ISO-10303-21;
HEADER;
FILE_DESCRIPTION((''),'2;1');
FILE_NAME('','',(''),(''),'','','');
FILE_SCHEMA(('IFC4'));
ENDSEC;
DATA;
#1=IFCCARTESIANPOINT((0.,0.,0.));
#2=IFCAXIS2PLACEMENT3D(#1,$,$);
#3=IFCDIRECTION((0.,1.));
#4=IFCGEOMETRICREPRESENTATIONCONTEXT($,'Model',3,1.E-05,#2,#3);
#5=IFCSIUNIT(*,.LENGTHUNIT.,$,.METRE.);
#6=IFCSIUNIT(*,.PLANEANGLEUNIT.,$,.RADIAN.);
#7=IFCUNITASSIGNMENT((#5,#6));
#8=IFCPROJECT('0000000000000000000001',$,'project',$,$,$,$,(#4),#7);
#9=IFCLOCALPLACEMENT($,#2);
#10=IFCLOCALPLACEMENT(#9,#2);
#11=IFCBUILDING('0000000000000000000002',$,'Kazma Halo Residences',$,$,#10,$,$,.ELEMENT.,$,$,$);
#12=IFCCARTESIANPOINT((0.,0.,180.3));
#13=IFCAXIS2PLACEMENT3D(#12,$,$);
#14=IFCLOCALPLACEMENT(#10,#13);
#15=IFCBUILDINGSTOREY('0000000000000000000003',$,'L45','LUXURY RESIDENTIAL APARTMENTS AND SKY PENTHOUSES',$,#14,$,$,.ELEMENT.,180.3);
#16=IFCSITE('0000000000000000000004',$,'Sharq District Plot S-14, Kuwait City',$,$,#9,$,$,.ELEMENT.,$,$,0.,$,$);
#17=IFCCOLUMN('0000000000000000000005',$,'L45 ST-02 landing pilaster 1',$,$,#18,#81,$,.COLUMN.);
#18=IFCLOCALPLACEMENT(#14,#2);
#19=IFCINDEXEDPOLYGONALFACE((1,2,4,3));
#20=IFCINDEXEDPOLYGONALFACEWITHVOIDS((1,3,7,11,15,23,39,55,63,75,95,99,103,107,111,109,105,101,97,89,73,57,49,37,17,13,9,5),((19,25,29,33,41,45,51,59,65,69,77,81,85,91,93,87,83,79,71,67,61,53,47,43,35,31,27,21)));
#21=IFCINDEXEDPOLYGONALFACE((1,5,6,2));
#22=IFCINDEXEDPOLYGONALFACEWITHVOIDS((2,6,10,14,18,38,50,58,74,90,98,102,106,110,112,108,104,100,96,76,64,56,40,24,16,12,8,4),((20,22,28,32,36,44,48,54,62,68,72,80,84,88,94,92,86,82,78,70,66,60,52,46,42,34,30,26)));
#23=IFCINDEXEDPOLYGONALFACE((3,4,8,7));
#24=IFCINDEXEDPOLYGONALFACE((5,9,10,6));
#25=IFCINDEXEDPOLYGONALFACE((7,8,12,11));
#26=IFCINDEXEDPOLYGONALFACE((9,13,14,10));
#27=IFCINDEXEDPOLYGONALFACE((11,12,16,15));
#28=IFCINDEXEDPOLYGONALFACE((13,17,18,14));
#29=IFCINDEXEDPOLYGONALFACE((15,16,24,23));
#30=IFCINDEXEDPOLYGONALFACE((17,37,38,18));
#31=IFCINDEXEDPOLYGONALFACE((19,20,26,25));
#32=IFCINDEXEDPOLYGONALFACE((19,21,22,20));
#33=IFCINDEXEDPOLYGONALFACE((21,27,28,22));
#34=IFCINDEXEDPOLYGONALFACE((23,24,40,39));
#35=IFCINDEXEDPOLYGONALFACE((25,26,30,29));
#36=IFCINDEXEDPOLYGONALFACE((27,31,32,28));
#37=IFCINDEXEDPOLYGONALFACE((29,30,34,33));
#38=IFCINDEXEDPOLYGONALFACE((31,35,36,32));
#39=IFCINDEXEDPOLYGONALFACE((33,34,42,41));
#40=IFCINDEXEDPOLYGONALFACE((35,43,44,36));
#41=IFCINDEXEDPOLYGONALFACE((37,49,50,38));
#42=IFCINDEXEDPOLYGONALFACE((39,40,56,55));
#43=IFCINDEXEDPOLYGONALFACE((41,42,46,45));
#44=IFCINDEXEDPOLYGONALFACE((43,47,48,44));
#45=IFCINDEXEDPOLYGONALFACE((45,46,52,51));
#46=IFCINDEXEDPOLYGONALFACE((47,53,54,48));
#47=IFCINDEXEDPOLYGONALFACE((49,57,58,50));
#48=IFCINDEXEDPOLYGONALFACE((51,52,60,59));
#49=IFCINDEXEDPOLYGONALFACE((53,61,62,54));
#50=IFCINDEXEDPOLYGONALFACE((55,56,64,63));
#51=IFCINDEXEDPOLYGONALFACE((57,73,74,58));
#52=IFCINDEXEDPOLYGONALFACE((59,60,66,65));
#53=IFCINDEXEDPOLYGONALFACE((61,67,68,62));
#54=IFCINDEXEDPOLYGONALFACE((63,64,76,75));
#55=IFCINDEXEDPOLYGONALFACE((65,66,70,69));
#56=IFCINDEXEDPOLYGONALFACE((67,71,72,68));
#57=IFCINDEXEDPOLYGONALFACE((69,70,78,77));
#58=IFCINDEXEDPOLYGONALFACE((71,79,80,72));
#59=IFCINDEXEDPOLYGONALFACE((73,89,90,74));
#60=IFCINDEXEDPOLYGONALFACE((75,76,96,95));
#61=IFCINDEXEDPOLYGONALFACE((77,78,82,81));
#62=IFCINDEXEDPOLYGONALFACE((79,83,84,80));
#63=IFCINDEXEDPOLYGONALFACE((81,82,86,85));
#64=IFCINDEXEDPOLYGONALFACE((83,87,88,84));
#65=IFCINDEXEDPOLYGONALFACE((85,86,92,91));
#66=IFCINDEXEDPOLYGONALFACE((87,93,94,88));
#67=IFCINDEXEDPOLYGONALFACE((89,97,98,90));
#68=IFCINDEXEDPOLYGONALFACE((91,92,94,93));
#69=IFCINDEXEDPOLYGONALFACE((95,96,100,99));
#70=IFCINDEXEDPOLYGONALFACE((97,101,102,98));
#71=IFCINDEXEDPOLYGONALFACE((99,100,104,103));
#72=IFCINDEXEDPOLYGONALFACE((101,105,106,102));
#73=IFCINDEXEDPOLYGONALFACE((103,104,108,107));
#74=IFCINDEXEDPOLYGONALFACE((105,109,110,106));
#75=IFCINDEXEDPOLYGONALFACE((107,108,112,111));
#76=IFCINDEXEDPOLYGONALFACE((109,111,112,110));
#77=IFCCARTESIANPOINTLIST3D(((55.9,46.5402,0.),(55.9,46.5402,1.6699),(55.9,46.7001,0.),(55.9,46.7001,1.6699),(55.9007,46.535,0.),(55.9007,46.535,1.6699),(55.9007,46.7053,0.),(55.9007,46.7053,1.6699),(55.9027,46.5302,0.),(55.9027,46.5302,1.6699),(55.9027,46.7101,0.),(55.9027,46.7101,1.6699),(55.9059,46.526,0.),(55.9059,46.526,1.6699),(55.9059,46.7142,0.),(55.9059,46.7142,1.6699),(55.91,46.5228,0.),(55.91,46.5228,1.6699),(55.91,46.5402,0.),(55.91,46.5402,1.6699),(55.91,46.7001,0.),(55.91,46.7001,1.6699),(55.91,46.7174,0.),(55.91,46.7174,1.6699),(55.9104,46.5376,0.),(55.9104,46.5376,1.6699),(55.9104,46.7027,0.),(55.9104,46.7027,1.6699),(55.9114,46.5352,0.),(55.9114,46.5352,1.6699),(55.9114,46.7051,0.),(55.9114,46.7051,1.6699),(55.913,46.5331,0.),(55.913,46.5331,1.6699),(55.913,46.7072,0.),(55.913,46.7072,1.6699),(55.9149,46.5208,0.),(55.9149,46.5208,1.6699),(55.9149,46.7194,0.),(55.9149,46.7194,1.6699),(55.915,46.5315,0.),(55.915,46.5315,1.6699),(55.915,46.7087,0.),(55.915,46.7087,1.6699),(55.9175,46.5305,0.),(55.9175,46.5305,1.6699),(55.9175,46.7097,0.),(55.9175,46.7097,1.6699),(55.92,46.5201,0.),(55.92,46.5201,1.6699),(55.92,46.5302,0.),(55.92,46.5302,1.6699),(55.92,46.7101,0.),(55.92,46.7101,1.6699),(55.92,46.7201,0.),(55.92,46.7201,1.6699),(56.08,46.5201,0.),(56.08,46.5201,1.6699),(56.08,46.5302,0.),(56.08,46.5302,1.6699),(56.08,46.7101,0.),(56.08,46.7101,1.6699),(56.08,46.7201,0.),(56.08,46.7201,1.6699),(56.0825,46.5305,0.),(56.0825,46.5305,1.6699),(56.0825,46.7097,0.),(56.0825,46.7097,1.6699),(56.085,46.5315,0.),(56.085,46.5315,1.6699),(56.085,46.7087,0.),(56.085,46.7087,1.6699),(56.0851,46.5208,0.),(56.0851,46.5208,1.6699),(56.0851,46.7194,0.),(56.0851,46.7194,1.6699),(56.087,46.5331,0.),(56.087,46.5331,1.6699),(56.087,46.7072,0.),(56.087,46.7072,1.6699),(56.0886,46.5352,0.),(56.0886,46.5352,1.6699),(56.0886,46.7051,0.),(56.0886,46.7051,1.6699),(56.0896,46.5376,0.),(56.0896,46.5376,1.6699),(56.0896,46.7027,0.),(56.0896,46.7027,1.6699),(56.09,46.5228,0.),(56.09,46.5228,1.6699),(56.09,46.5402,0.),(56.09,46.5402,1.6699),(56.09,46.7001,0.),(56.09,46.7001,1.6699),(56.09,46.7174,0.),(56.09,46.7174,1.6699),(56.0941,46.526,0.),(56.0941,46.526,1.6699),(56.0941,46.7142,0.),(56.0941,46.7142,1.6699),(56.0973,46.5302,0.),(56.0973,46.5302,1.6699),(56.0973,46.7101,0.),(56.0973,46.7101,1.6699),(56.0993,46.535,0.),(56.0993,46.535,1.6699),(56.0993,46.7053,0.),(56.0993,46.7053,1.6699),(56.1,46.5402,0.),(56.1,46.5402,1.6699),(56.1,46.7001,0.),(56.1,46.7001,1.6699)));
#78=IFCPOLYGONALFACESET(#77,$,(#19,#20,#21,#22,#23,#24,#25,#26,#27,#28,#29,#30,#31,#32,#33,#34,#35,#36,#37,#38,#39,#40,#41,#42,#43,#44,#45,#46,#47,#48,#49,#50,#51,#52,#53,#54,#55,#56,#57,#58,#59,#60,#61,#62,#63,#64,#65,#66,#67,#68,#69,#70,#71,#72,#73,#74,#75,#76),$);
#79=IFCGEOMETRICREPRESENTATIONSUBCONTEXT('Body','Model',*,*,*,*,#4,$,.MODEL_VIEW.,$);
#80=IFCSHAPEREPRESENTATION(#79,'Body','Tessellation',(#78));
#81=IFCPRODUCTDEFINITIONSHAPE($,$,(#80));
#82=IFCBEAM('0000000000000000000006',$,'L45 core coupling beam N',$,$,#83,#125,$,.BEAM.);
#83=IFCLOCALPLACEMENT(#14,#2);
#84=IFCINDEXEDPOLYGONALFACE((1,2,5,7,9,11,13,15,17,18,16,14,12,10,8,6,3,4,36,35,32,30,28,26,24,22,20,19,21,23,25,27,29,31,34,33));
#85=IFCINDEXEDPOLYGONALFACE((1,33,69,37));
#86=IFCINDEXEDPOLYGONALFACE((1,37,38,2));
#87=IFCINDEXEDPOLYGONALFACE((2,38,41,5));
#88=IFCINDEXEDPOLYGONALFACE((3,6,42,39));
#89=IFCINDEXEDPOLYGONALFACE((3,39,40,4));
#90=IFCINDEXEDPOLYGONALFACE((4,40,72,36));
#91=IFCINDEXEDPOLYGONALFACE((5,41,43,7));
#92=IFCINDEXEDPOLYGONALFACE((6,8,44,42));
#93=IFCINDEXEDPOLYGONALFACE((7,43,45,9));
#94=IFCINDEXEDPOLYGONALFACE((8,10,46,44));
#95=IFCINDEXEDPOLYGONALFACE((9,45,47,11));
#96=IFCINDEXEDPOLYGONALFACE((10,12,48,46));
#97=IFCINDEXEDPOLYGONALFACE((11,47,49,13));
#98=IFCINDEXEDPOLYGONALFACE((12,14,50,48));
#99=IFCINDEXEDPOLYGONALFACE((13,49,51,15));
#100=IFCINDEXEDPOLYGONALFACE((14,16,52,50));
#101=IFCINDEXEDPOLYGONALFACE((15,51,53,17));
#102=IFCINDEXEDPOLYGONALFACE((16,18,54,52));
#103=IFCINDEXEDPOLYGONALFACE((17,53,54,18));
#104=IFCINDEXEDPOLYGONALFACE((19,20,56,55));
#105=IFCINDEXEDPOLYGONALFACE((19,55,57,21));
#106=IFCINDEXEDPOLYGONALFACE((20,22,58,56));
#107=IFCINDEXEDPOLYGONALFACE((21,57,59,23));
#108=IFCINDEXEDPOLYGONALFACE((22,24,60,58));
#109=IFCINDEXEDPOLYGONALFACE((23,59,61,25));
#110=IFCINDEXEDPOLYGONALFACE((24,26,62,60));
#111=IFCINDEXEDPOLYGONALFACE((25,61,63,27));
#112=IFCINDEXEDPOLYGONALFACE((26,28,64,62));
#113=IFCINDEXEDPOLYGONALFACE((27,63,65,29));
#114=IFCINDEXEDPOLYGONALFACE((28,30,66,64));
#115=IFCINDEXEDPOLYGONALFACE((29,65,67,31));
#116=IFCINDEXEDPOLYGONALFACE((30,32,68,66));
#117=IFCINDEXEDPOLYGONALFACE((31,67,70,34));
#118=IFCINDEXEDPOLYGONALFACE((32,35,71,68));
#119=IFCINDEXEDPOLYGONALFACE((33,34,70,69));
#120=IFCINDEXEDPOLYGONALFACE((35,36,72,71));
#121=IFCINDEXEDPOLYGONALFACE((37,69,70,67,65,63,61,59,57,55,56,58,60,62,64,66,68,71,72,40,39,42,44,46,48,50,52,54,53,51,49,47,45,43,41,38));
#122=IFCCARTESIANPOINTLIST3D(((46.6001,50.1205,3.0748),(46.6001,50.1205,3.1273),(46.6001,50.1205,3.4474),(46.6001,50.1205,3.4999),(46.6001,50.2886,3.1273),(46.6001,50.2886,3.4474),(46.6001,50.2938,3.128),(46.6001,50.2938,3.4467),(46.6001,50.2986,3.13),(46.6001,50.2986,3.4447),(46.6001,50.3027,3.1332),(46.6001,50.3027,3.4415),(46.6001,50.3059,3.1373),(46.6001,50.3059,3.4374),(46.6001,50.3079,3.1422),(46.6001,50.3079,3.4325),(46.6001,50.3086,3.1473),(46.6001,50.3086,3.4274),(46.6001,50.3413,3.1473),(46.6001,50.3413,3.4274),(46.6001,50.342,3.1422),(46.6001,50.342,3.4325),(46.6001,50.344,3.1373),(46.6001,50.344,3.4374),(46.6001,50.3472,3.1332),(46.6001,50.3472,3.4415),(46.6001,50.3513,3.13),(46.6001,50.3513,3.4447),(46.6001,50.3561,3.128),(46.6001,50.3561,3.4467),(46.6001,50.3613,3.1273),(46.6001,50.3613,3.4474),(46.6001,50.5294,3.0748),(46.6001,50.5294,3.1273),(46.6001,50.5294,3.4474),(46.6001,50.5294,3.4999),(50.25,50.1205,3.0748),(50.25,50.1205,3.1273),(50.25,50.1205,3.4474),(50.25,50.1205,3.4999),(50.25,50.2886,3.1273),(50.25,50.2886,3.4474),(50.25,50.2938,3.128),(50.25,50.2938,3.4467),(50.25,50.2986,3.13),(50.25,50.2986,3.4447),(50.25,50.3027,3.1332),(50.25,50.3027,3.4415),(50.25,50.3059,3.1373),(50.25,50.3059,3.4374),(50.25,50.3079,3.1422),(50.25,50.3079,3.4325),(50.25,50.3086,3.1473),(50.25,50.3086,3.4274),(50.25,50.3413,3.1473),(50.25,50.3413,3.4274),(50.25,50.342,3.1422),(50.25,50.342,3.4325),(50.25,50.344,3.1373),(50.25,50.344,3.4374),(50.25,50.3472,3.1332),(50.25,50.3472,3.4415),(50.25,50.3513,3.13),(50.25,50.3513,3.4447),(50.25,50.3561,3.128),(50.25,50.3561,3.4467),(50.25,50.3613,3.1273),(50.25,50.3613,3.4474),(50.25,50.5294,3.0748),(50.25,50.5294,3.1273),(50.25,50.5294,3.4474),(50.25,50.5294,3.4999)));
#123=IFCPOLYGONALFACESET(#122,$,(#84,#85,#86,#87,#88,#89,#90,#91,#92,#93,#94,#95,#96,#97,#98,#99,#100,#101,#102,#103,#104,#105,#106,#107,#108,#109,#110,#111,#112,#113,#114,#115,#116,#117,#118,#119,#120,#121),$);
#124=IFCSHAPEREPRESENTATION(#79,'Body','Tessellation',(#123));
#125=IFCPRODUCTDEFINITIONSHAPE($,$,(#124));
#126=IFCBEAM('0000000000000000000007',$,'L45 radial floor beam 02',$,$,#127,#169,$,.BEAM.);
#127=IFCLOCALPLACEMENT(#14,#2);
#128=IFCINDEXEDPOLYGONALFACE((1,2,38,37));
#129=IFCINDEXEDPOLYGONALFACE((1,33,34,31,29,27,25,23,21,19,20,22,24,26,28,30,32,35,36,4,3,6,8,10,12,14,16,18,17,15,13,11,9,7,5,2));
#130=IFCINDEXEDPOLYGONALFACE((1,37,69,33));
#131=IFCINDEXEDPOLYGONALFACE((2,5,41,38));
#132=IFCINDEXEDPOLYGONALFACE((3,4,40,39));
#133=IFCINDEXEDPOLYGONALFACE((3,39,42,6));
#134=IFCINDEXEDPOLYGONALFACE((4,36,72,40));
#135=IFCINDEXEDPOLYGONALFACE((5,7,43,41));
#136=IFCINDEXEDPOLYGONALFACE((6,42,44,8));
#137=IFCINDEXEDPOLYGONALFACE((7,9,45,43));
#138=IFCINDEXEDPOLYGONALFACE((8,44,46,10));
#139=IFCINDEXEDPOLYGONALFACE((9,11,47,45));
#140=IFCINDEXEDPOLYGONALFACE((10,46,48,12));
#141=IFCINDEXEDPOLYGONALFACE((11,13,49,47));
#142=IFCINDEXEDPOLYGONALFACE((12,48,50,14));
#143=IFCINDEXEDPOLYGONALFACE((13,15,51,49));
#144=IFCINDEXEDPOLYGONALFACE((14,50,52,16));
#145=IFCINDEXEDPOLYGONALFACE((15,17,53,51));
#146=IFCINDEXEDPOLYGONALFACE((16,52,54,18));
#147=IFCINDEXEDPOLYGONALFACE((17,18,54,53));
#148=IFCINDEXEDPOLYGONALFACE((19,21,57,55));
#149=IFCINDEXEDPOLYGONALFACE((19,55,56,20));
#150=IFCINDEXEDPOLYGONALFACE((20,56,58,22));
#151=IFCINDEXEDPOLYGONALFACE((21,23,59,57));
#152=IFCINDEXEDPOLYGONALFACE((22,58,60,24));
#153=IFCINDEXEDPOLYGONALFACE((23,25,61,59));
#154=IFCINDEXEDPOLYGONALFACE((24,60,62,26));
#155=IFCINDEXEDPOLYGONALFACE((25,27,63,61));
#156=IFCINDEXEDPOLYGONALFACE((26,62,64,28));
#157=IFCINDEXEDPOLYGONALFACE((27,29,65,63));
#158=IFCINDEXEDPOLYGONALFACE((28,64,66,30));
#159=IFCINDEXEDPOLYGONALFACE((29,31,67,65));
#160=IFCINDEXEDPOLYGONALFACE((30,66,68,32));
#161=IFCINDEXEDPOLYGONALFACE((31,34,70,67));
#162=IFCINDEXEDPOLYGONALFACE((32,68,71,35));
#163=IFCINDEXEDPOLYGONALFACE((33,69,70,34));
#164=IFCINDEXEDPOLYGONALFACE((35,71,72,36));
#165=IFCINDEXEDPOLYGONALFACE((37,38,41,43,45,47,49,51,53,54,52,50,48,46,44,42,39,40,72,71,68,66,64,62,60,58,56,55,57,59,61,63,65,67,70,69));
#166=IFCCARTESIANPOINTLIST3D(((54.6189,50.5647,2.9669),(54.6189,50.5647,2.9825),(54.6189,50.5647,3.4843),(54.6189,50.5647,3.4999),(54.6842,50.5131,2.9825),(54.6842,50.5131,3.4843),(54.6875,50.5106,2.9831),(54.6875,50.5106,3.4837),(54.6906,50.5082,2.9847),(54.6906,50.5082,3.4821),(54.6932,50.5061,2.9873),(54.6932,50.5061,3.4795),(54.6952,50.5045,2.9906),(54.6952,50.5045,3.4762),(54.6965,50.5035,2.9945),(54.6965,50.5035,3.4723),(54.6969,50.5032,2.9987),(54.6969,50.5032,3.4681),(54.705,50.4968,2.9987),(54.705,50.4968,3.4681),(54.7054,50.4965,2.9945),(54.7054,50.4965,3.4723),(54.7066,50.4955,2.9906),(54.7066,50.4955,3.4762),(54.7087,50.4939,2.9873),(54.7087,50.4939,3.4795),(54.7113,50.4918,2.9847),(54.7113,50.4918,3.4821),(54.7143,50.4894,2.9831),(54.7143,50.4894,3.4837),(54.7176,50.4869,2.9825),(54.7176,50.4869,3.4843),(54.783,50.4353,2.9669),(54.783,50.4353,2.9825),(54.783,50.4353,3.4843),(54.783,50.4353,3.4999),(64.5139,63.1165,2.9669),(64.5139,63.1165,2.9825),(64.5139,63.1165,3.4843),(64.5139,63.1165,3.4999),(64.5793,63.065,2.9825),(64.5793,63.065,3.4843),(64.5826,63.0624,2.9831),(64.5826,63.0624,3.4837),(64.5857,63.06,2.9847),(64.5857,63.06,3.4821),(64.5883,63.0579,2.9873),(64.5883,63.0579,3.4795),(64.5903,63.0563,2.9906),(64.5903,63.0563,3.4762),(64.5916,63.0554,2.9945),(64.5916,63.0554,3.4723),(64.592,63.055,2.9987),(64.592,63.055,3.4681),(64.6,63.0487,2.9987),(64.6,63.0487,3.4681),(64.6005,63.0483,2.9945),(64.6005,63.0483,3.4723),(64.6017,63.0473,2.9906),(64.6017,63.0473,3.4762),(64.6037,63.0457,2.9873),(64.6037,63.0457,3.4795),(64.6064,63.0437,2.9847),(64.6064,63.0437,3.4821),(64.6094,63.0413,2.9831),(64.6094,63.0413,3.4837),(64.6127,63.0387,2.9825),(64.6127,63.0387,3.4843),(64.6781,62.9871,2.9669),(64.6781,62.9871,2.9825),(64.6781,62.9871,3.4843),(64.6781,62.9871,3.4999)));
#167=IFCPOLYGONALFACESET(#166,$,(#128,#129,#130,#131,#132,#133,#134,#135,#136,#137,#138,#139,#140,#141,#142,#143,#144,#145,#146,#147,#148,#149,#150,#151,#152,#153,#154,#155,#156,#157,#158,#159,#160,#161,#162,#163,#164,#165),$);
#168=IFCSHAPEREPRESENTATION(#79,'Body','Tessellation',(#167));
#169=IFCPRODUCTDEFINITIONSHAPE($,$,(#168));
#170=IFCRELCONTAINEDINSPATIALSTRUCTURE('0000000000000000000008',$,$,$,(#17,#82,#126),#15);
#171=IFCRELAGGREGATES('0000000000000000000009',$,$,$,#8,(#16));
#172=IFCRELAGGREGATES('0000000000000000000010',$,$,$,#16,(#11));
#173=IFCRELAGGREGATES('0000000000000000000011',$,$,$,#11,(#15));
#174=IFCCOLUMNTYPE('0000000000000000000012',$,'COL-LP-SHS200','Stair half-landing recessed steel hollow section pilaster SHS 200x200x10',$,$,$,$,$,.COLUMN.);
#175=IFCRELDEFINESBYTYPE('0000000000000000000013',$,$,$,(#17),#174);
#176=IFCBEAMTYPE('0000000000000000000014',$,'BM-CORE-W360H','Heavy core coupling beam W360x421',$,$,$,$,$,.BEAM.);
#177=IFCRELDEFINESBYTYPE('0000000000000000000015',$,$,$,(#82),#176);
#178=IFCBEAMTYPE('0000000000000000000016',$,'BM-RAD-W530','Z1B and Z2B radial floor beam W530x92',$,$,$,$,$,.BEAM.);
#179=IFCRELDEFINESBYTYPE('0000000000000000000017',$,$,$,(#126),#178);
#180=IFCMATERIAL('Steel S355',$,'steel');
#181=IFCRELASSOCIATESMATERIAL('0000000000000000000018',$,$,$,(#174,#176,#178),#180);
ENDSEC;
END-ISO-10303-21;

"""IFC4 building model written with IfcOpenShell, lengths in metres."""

from ifc_helpers import new_model, si_unit, direction, frame, origin, origin_2d, place, context, subcontext, project, spatial, hollow_rectangle, i_section, extrude, material, material_profile, profile_set, type_object, element, save


model = new_model("IFC4")

# Units and contexts
model_context = context("Model", 3, precision=1e-05, world=origin(), true_north=direction((0.0, 1.0)))
body_context = subcontext(model_context, "Body", "Model", "MODEL_VIEW")
ifc_project = project(units=[si_unit("LENGTHUNIT", "METRE"), si_unit("PLANEANGLEUNIT", "RADIAN")], contexts=[model_context])

# Site, building, storey
site_placement = place(None, origin())
site = spatial("IfcSite", under=ifc_project, at=site_placement, Name="Sharq District Plot S-14, Kuwait City", CompositionType="ELEMENT", RefElevation=0.0)
building_placement = place(site_placement, origin())
building = spatial("IfcBuilding", under=site, at=building_placement, Name="Kazma Halo Residences", CompositionType="ELEMENT")
storey_placement = place(building_placement, frame((0.0, 0.0, 180.3)))
storey = spatial("IfcBuildingStorey", under=building, at=storey_placement, Name="L45", Description="LUXURY RESIDENTIAL APARTMENTS AND SKY PENTHOUSES", CompositionType="ELEMENT", Elevation=180.3)

# Column
ifc_material_1 = material(Name="Steel S355", Category="steel")
ifc_material_profile_1 = material_profile(ifc_material_1, hollow_rectangle(XDim=0.2, YDim=0.2, WallThickness=0.01, InnerFilletRadius=0.01, OuterFilletRadius=0.02, at=origin_2d()), Name="SHS200x200x10")
ifc_profile_set_1 = profile_set([ifc_material_profile_1], Name="Steel S355")
column_type = type_object("IfcColumnType", Name="COL-LP-SHS200", Description="Stair half-landing recessed steel hollow section pilaster SHS 200x200x10", PredefinedType="COLUMN", material=ifc_profile_set_1)
column_placement = place(storey_placement, frame((56.0, 46.6201, 0.0), z_axis=(0.0, 0.0, 1.0), x_axis=(1.0, 0.0, 0.0)))
element("IfcColumn", 1, at=column_placement, inside=storey, type_object=column_type, Name="L45 ST-02 landing pilaster 1", PredefinedType="COLUMN", context=body_context, shape_type="SweptSolid", body=[
    extrude(hollow_rectangle(XDim=0.2, YDim=0.2, WallThickness=0.01, InnerFilletRadius=0.01, OuterFilletRadius=0.02, at=origin_2d()), origin(), (0.0, 0.0, 1.0), 1.6699),
])

# Beams
ifc_material_profile_2 = material_profile(ifc_material_1, i_section(OverallWidth=0.4089, OverallDepth=0.425, WebThickness=0.0327, FlangeThickness=0.0525, FilletRadius=0.02, at=origin_2d()), Name="W360x421")
ifc_profile_set_2 = profile_set([ifc_material_profile_2], Name="Steel S355")
beam_type_1 = type_object("IfcBeamType", Name="BM-CORE-W360H", Description="Heavy core coupling beam W360x421", PredefinedType="BEAM", material=ifc_profile_set_2)
beam_1_placement = place(storey_placement, frame((46.6001, 50.325, 3.2874), z_axis=(1.0, 0.0, 0.0), x_axis=(0.0, 1.0, 0.0)))
element("IfcBeam", 2, at=beam_1_placement, inside=storey, type_object=beam_type_1, Name="L45 core coupling beam N", PredefinedType="BEAM", context=body_context, shape_type="SweptSolid", body=[
    extrude(i_section(OverallWidth=0.4089, OverallDepth=0.425, WebThickness=0.0327, FlangeThickness=0.0525, FilletRadius=0.02, at=origin_2d()), origin(), (0.0, 0.0, 1.0), 3.6499),
])
ifc_material_profile_3 = material_profile(ifc_material_1, i_section(OverallWidth=0.209, OverallDepth=0.533, WebThickness=0.0103, FlangeThickness=0.0156, FilletRadius=0.0161, at=origin_2d()), Name="W530x92")
ifc_profile_set_3 = profile_set([ifc_material_profile_3], Name="Steel S355")
beam_type_2 = type_object("IfcBeamType", Name="BM-RAD-W530", Description="Z1B and Z2B radial floor beam W530x92", PredefinedType="BEAM", material=ifc_profile_set_3)
beam_2_placement = place(storey_placement, frame((54.7009, 50.5, 3.2334), z_axis=(0.619094, 0.785317, 0.0), x_axis=(-0.785317, 0.619094, 0.0)))
element("IfcBeam", 3, at=beam_2_placement, inside=storey, type_object=beam_type_2, Name="L45 radial floor beam 02", PredefinedType="BEAM", context=body_context, shape_type="SweptSolid", body=[
    extrude(i_section(OverallWidth=0.209, OverallDepth=0.533, WebThickness=0.0103, FlangeThickness=0.0156, FilletRadius=0.0161, at=origin_2d()), origin(), (0.0, 0.0, 1.0), 15.9832),
])

save(model, "model.ifc")
